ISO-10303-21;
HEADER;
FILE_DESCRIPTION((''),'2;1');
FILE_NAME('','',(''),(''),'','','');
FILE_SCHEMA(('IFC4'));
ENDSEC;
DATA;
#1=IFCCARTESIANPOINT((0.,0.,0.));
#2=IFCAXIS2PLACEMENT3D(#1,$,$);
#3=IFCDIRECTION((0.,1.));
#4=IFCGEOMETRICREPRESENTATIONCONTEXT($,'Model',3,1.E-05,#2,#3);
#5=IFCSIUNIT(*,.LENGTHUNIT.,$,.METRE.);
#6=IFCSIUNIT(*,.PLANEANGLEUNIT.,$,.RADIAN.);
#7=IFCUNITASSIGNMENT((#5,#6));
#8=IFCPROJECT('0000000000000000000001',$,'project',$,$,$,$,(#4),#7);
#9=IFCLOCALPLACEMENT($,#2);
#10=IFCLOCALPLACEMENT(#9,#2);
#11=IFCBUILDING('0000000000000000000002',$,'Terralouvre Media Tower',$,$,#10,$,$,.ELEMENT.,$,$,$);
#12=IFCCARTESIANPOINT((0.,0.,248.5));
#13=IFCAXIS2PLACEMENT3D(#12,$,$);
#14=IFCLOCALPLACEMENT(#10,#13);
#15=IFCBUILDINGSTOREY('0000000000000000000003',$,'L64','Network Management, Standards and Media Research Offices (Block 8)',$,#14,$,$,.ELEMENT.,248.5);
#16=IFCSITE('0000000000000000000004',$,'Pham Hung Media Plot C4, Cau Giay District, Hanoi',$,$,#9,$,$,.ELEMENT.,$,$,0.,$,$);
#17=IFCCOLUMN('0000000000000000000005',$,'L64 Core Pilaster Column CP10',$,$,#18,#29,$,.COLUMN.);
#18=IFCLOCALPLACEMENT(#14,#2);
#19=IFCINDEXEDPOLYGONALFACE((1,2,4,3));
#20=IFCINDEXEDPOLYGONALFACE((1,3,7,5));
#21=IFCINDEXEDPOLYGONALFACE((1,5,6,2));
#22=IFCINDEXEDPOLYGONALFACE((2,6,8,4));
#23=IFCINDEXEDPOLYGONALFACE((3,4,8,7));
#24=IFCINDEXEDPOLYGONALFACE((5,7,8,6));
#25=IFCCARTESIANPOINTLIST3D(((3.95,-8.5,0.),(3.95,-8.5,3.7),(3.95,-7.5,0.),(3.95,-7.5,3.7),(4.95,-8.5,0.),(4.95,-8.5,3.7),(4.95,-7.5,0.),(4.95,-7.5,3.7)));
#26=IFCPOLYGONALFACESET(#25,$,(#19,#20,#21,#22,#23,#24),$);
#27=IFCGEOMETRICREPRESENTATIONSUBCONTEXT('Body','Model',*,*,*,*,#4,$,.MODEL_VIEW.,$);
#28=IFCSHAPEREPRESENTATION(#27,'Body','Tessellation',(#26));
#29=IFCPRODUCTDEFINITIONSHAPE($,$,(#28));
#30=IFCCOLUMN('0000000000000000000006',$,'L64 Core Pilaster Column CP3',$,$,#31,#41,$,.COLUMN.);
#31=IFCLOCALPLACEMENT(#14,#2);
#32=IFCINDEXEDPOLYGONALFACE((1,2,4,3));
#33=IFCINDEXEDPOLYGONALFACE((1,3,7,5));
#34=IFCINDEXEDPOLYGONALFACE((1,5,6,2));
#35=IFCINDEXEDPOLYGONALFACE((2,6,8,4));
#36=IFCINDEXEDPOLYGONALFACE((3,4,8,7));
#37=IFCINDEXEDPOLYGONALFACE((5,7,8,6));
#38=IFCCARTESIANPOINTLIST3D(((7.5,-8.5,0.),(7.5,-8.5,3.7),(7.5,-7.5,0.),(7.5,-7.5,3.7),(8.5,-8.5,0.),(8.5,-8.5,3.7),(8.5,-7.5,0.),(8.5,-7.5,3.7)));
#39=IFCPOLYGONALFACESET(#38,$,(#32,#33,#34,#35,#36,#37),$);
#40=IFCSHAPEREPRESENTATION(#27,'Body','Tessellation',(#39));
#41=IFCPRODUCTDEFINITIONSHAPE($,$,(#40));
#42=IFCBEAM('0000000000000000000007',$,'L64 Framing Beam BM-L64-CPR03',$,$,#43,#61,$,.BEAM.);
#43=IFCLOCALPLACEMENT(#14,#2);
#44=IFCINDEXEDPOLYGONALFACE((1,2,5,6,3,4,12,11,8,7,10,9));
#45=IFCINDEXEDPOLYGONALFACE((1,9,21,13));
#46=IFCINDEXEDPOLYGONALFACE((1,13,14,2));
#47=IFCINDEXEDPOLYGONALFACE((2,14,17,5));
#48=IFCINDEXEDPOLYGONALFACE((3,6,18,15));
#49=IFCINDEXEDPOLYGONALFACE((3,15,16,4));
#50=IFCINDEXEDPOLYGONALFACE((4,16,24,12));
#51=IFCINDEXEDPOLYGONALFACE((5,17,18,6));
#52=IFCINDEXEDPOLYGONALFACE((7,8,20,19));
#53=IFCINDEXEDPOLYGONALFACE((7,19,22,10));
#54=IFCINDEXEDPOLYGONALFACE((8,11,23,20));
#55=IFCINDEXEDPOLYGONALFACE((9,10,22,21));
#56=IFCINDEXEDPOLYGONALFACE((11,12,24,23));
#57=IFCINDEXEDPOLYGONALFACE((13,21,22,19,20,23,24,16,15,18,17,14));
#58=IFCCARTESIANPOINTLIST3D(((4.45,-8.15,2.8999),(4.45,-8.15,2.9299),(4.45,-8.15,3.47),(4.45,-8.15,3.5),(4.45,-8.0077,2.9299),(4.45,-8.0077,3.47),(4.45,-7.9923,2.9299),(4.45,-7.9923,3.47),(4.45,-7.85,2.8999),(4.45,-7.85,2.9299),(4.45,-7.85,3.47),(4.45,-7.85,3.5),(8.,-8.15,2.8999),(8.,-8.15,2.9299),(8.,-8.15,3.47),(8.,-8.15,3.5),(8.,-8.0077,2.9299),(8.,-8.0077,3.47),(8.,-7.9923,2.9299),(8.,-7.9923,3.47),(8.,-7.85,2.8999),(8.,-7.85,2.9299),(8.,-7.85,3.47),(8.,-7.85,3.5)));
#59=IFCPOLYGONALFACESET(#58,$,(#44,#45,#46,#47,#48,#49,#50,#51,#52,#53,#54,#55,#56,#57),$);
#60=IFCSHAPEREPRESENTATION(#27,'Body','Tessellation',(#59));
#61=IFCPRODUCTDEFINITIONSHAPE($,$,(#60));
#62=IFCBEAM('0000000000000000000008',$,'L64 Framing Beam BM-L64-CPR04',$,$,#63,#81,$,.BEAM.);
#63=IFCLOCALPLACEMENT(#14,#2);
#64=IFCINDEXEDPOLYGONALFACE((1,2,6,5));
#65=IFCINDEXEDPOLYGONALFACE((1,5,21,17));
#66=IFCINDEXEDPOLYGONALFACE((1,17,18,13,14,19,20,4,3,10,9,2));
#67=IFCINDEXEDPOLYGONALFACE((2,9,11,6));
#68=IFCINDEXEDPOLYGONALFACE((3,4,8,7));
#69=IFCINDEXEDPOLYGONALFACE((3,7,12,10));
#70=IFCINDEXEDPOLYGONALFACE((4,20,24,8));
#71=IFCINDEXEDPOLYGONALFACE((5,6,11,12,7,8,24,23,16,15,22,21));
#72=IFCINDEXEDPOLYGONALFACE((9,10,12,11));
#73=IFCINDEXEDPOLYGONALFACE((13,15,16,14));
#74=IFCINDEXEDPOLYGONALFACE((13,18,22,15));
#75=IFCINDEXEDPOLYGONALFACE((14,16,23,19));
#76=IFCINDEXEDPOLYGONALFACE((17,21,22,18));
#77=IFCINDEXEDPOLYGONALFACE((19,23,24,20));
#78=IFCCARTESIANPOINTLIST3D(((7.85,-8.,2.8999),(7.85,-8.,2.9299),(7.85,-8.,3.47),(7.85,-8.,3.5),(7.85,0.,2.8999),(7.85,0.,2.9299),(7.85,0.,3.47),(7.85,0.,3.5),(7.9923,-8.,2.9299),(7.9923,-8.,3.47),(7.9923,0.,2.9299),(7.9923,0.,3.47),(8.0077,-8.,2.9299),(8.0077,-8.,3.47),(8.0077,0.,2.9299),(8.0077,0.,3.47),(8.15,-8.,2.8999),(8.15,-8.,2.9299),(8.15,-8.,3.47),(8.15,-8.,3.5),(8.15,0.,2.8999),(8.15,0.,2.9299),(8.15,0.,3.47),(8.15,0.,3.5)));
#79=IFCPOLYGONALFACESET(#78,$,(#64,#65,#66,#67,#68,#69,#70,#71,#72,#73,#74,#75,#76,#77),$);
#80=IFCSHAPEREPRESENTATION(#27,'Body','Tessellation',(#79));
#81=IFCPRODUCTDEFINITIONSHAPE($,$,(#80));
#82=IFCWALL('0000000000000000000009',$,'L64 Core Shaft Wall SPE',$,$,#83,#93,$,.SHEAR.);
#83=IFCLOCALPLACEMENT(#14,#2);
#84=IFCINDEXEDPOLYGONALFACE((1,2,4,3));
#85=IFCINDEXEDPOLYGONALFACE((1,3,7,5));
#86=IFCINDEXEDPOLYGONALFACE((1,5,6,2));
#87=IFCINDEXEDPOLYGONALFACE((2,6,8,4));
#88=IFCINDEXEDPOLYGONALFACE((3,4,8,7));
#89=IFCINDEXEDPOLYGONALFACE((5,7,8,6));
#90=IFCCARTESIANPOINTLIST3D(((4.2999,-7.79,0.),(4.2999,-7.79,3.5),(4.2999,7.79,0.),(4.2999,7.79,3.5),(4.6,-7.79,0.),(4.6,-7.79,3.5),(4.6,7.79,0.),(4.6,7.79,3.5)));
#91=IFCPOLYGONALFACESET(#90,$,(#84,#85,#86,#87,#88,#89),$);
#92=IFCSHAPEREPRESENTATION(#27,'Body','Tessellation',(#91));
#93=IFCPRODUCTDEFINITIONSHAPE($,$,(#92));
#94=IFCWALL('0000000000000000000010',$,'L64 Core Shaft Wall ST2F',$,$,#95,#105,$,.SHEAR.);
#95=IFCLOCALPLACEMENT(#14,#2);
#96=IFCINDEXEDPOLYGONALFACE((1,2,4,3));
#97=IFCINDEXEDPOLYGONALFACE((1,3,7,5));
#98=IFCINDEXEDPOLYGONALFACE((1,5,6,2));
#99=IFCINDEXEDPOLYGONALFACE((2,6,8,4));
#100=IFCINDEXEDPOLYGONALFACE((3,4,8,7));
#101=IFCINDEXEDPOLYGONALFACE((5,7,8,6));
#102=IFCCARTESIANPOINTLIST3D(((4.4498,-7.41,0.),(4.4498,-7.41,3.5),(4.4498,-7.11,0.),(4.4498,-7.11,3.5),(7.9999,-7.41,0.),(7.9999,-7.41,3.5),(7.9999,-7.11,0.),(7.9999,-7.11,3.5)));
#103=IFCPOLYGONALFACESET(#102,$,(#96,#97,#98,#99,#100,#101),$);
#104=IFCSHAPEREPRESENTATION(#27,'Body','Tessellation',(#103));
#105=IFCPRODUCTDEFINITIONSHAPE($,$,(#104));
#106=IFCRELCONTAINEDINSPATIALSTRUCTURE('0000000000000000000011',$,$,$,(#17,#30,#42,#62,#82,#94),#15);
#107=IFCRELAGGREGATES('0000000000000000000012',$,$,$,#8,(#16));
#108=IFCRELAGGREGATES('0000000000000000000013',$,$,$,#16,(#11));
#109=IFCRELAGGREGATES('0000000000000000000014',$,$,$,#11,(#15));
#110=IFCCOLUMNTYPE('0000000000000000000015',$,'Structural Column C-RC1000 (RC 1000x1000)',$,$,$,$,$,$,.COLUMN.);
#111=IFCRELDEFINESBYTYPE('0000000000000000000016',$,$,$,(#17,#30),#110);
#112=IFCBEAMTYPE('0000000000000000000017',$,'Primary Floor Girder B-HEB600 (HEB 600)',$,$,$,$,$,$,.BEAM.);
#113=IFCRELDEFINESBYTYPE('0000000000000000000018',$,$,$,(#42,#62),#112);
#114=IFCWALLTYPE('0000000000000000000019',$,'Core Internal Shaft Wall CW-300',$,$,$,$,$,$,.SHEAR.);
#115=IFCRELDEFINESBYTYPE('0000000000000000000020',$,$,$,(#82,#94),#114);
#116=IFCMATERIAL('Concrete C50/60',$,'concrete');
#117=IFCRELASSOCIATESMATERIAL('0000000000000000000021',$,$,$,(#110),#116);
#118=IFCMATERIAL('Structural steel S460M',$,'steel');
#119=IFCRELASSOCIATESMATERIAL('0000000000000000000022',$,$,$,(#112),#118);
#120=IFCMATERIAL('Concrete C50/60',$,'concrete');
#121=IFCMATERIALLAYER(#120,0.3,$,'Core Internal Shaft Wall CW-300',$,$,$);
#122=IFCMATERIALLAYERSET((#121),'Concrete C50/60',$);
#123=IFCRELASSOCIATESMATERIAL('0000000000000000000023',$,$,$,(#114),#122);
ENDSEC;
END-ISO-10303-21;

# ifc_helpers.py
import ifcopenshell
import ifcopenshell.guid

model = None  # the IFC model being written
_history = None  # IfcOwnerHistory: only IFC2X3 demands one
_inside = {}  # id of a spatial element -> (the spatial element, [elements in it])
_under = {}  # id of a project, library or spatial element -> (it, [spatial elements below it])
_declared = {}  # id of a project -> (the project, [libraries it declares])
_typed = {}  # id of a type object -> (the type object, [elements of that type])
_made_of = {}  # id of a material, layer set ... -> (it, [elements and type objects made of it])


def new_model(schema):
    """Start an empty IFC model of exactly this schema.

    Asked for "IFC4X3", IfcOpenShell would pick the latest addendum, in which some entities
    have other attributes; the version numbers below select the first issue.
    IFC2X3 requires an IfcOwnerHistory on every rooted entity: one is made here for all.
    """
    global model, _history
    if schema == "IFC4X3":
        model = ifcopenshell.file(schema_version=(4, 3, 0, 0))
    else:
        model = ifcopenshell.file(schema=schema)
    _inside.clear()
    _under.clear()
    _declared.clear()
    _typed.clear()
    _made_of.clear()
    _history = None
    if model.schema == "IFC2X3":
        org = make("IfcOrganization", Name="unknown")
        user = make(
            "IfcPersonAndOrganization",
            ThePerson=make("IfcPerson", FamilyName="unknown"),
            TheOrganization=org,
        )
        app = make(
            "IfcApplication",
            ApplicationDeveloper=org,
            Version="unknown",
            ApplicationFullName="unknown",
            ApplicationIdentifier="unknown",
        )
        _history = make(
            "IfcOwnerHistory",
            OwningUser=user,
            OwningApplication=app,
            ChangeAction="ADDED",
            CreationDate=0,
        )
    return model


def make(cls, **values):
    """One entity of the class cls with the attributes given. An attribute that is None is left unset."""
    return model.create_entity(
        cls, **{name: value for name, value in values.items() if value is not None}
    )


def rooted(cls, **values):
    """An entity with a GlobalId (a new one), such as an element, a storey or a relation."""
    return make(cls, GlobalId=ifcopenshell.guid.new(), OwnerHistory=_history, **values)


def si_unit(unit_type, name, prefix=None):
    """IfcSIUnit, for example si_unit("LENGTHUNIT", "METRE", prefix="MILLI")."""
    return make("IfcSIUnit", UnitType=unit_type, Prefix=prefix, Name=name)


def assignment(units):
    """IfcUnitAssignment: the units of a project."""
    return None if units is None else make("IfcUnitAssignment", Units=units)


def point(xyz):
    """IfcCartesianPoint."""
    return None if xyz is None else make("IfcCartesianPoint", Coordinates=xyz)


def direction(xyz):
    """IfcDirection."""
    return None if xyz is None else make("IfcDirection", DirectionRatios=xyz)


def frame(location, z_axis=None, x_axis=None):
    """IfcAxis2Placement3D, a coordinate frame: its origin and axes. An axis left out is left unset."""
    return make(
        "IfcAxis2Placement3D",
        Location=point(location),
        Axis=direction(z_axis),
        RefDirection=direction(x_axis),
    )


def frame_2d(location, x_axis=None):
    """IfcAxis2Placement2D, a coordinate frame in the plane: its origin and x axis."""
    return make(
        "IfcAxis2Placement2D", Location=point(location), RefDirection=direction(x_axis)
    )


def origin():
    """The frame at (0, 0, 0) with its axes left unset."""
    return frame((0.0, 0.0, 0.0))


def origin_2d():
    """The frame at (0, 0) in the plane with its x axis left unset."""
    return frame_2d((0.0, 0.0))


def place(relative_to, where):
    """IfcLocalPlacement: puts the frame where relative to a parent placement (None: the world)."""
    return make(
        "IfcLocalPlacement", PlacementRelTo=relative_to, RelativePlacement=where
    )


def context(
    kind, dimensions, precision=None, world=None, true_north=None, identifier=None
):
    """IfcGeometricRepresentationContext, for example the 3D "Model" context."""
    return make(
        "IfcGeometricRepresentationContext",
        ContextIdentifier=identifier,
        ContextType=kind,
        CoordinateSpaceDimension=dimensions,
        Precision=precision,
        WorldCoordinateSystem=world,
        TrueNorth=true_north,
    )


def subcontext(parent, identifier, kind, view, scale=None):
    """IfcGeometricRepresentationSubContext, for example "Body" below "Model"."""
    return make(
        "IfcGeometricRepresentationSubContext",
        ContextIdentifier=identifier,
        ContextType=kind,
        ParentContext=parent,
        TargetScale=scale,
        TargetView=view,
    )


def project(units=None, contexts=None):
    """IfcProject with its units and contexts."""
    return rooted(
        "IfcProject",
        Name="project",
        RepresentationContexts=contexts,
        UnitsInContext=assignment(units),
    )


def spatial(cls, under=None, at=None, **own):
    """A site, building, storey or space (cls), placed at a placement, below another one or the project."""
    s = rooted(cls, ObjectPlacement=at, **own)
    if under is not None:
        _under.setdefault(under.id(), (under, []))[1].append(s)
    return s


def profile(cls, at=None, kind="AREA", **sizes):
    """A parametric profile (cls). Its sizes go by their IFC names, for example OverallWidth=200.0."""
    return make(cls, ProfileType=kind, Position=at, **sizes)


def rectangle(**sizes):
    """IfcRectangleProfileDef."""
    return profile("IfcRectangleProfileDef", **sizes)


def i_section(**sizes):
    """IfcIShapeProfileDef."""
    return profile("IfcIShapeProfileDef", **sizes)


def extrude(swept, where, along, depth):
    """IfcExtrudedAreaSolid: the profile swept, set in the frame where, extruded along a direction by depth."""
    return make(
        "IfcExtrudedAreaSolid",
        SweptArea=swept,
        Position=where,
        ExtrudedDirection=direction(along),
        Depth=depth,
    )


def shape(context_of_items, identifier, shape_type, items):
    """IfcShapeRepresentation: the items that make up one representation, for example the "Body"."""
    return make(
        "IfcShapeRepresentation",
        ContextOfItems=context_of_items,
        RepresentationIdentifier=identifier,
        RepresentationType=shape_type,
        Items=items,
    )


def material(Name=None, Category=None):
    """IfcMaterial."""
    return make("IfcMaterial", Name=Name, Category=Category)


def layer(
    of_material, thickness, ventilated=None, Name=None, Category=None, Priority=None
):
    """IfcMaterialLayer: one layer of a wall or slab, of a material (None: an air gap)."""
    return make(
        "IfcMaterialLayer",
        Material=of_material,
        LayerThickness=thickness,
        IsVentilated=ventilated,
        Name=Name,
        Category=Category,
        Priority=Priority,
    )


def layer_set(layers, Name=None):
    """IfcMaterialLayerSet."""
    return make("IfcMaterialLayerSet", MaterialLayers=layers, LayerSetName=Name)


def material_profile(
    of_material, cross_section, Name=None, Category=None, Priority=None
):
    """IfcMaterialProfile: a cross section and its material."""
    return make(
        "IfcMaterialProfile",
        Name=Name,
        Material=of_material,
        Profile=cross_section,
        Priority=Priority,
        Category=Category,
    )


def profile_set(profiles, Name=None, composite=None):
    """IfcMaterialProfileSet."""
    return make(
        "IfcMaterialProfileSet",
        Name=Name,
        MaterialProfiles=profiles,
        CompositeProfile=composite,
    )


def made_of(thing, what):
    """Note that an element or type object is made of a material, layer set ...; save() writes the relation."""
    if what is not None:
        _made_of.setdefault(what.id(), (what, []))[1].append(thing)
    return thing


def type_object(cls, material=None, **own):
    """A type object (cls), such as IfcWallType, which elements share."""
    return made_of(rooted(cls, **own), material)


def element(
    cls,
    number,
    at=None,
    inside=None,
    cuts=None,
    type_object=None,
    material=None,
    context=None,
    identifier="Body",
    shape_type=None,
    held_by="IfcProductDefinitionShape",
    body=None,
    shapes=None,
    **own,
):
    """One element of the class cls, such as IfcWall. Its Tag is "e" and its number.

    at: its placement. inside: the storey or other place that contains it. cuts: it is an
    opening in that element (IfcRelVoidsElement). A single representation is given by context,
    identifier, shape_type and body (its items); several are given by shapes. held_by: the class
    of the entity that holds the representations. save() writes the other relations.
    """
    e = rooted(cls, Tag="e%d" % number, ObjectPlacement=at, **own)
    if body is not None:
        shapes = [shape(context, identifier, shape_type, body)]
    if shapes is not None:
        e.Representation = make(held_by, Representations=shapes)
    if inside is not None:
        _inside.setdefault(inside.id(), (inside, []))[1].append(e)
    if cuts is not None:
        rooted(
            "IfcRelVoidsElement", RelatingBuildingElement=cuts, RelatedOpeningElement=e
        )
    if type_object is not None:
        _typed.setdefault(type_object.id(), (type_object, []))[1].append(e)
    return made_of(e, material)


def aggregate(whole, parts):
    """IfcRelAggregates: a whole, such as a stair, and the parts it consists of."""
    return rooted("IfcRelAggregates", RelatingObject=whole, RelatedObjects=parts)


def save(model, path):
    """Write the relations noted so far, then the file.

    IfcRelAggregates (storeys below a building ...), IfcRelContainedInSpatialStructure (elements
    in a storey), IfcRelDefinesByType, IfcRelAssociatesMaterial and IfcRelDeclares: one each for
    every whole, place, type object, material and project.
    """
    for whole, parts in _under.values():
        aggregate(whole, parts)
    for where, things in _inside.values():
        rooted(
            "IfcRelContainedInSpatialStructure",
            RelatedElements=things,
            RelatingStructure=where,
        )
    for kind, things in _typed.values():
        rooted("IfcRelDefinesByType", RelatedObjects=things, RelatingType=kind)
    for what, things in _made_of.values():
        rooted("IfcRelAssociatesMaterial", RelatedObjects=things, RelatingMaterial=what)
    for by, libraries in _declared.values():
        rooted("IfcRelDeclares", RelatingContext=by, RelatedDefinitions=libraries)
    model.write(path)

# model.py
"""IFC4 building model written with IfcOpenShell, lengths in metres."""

from ifc_helpers import new_model, si_unit, direction, frame, frame_2d, origin, origin_2d, place, context, subcontext, project, spatial, rectangle, i_section, extrude, material, layer, layer_set, material_profile, profile_set, type_object, element, save


model = new_model("IFC4")

# Units and contexts
model_context = context("Model", 3, precision=1e-05, world=origin(), true_north=direction((0.0, 1.0)))
body_context = subcontext(model_context, "Body", "Model", "MODEL_VIEW")
ifc_project = project(units=[si_unit("LENGTHUNIT", "METRE"), si_unit("PLANEANGLEUNIT", "RADIAN")], contexts=[model_context])

# Site, building, storey
site_placement = place(None, origin())
site = spatial("IfcSite", under=ifc_project, at=site_placement, Name="Pham Hung Media Plot C4, Cau Giay District, Hanoi", CompositionType="ELEMENT", RefElevation=0.0)
building_placement = place(site_placement, origin())
building = spatial("IfcBuilding", under=site, at=building_placement, Name="Terralouvre Media Tower", CompositionType="ELEMENT")
storey_placement = place(building_placement, frame((0.0, 0.0, 248.5)))
storey = spatial("IfcBuildingStorey", under=building, at=storey_placement, Name="L64", Description="Network Management, Standards and Media Research Offices (Block 8)", CompositionType="ELEMENT", Elevation=248.5)

# Columns
ifc_material_1 = material(Name="Concrete C50/60", Category="concrete")
ifc_material_profile_1 = material_profile(ifc_material_1, rectangle(XDim=1.0, YDim=1.0, at=origin_2d()), Name="RC 1000x1000")
ifc_profile_set_1 = profile_set([ifc_material_profile_1], Name="Concrete C50/60")
column_type = type_object("IfcColumnType", Name="Structural Column C-RC1000 (RC 1000x1000)", PredefinedType="COLUMN", material=ifc_profile_set_1)
for number, where, z_axis, x_axis, name in (
    (1, (4.45, -8.0, 0.0), (0.0, 0.0, 1.0), (1.0, 0.0, 0.0), "L64 Core Pilaster Column CP10"),
    (2, (8.0, -8.0, 0.0), (0.0, 0.0, 1.0), (1.0, 0.0, 0.0), "L64 Core Pilaster Column CP3"),
):
    element("IfcColumn", number, at=place(storey_placement, frame(where, z_axis=z_axis, x_axis=x_axis)), inside=storey, type_object=column_type, Name=name, PredefinedType="COLUMN", context=body_context, shape_type="SweptSolid", body=[
        extrude(rectangle(XDim=1.0, YDim=1.0, at=origin_2d()), origin(), (0.0, 0.0, 1.0), 3.7),
    ])

# Beams
ifc_material_2 = material(Name="Structural steel S460M", Category="steel")
ifc_material_profile_2 = material_profile(ifc_material_2, i_section(OverallWidth=0.3, OverallDepth=0.6001, WebThickness=0.0154, FlangeThickness=0.03, at=origin_2d()), Name="HEB 600")
ifc_profile_set_2 = profile_set([ifc_material_profile_2], Name="Structural steel S460M")
beam_type = type_object("IfcBeamType", Name="Primary Floor Girder B-HEB600 (HEB 600)", PredefinedType="BEAM", material=ifc_profile_set_2)
beam_1_placement = place(storey_placement, frame((4.45, -8.0, 3.2), z_axis=(1.0, 0.0, 0.0), x_axis=(0.0, 1.0, 0.0)))
element("IfcBeam", 3, at=beam_1_placement, inside=storey, type_object=beam_type, Name="L64 Framing Beam BM-L64-CPR03", PredefinedType="BEAM", context=body_context, shape_type="SweptSolid", body=[
    extrude(i_section(OverallWidth=0.3, OverallDepth=0.6001, WebThickness=0.0154, FlangeThickness=0.03, at=origin_2d()), origin(), (0.0, 0.0, 1.0), 3.55),
])
beam_2_placement = place(storey_placement, frame((8.0, -8.0, 3.2), z_axis=(0.0, 1.0, 0.0), x_axis=(-1.0, 0.0, 0.0)))
element("IfcBeam", 4, at=beam_2_placement, inside=storey, type_object=beam_type, Name="L64 Framing Beam BM-L64-CPR04", PredefinedType="BEAM", context=body_context, shape_type="SweptSolid", body=[
    extrude(i_section(OverallWidth=0.3, OverallDepth=0.6001, WebThickness=0.0154, FlangeThickness=0.03, at=origin_2d()), origin(), (0.0, 0.0, 1.0), 8.0),
])

# Wall
ifc_material_3 = material(Name="Concrete C50/60", Category="concrete")
ifc_layer_1 = layer(ifc_material_3, 0.3, Name="Core Internal Shaft Wall CW-300")
ifc_layer_set_1 = layer_set([ifc_layer_1], Name="Concrete C50/60")
wall_type = type_object("IfcWallType", Name="Core Internal Shaft Wall CW-300", PredefinedType="SHEAR", material=ifc_layer_set_1)
wall_1_placement = place(storey_placement, frame((4.45, -7.79, 0.0), z_axis=(0.0, 0.0, 1.0), x_axis=(0.0, 1.0, 0.0)))
element("IfcWall", 5, at=wall_1_placement, inside=storey, type_object=wall_type, Name="L64 Core Shaft Wall SPE", PredefinedType="SHEAR", context=body_context, shape_type="SweptSolid", body=[
    extrude(rectangle(XDim=15.5801, YDim=0.3, at=frame_2d((7.79, 0.0))), origin(), (0.0, 0.0, 1.0), 3.5),
])

# Wall
wall_2_placement = place(storey_placement, frame((4.45, -7.26, 0.0), z_axis=(0.0, 0.0, 1.0), x_axis=(1.0, 0.0, 0.0)))
element("IfcWall", 6, at=wall_2_placement, inside=storey, type_object=wall_type, Name="L64 Core Shaft Wall ST2F", PredefinedType="SHEAR", context=body_context, shape_type="SweptSolid", body=[
    extrude(rectangle(XDim=3.55, YDim=0.3, at=frame_2d((1.7749, 0.0))), origin(), (0.0, 0.0, 1.0), 3.5),
])

save(model, "model.ifc")
